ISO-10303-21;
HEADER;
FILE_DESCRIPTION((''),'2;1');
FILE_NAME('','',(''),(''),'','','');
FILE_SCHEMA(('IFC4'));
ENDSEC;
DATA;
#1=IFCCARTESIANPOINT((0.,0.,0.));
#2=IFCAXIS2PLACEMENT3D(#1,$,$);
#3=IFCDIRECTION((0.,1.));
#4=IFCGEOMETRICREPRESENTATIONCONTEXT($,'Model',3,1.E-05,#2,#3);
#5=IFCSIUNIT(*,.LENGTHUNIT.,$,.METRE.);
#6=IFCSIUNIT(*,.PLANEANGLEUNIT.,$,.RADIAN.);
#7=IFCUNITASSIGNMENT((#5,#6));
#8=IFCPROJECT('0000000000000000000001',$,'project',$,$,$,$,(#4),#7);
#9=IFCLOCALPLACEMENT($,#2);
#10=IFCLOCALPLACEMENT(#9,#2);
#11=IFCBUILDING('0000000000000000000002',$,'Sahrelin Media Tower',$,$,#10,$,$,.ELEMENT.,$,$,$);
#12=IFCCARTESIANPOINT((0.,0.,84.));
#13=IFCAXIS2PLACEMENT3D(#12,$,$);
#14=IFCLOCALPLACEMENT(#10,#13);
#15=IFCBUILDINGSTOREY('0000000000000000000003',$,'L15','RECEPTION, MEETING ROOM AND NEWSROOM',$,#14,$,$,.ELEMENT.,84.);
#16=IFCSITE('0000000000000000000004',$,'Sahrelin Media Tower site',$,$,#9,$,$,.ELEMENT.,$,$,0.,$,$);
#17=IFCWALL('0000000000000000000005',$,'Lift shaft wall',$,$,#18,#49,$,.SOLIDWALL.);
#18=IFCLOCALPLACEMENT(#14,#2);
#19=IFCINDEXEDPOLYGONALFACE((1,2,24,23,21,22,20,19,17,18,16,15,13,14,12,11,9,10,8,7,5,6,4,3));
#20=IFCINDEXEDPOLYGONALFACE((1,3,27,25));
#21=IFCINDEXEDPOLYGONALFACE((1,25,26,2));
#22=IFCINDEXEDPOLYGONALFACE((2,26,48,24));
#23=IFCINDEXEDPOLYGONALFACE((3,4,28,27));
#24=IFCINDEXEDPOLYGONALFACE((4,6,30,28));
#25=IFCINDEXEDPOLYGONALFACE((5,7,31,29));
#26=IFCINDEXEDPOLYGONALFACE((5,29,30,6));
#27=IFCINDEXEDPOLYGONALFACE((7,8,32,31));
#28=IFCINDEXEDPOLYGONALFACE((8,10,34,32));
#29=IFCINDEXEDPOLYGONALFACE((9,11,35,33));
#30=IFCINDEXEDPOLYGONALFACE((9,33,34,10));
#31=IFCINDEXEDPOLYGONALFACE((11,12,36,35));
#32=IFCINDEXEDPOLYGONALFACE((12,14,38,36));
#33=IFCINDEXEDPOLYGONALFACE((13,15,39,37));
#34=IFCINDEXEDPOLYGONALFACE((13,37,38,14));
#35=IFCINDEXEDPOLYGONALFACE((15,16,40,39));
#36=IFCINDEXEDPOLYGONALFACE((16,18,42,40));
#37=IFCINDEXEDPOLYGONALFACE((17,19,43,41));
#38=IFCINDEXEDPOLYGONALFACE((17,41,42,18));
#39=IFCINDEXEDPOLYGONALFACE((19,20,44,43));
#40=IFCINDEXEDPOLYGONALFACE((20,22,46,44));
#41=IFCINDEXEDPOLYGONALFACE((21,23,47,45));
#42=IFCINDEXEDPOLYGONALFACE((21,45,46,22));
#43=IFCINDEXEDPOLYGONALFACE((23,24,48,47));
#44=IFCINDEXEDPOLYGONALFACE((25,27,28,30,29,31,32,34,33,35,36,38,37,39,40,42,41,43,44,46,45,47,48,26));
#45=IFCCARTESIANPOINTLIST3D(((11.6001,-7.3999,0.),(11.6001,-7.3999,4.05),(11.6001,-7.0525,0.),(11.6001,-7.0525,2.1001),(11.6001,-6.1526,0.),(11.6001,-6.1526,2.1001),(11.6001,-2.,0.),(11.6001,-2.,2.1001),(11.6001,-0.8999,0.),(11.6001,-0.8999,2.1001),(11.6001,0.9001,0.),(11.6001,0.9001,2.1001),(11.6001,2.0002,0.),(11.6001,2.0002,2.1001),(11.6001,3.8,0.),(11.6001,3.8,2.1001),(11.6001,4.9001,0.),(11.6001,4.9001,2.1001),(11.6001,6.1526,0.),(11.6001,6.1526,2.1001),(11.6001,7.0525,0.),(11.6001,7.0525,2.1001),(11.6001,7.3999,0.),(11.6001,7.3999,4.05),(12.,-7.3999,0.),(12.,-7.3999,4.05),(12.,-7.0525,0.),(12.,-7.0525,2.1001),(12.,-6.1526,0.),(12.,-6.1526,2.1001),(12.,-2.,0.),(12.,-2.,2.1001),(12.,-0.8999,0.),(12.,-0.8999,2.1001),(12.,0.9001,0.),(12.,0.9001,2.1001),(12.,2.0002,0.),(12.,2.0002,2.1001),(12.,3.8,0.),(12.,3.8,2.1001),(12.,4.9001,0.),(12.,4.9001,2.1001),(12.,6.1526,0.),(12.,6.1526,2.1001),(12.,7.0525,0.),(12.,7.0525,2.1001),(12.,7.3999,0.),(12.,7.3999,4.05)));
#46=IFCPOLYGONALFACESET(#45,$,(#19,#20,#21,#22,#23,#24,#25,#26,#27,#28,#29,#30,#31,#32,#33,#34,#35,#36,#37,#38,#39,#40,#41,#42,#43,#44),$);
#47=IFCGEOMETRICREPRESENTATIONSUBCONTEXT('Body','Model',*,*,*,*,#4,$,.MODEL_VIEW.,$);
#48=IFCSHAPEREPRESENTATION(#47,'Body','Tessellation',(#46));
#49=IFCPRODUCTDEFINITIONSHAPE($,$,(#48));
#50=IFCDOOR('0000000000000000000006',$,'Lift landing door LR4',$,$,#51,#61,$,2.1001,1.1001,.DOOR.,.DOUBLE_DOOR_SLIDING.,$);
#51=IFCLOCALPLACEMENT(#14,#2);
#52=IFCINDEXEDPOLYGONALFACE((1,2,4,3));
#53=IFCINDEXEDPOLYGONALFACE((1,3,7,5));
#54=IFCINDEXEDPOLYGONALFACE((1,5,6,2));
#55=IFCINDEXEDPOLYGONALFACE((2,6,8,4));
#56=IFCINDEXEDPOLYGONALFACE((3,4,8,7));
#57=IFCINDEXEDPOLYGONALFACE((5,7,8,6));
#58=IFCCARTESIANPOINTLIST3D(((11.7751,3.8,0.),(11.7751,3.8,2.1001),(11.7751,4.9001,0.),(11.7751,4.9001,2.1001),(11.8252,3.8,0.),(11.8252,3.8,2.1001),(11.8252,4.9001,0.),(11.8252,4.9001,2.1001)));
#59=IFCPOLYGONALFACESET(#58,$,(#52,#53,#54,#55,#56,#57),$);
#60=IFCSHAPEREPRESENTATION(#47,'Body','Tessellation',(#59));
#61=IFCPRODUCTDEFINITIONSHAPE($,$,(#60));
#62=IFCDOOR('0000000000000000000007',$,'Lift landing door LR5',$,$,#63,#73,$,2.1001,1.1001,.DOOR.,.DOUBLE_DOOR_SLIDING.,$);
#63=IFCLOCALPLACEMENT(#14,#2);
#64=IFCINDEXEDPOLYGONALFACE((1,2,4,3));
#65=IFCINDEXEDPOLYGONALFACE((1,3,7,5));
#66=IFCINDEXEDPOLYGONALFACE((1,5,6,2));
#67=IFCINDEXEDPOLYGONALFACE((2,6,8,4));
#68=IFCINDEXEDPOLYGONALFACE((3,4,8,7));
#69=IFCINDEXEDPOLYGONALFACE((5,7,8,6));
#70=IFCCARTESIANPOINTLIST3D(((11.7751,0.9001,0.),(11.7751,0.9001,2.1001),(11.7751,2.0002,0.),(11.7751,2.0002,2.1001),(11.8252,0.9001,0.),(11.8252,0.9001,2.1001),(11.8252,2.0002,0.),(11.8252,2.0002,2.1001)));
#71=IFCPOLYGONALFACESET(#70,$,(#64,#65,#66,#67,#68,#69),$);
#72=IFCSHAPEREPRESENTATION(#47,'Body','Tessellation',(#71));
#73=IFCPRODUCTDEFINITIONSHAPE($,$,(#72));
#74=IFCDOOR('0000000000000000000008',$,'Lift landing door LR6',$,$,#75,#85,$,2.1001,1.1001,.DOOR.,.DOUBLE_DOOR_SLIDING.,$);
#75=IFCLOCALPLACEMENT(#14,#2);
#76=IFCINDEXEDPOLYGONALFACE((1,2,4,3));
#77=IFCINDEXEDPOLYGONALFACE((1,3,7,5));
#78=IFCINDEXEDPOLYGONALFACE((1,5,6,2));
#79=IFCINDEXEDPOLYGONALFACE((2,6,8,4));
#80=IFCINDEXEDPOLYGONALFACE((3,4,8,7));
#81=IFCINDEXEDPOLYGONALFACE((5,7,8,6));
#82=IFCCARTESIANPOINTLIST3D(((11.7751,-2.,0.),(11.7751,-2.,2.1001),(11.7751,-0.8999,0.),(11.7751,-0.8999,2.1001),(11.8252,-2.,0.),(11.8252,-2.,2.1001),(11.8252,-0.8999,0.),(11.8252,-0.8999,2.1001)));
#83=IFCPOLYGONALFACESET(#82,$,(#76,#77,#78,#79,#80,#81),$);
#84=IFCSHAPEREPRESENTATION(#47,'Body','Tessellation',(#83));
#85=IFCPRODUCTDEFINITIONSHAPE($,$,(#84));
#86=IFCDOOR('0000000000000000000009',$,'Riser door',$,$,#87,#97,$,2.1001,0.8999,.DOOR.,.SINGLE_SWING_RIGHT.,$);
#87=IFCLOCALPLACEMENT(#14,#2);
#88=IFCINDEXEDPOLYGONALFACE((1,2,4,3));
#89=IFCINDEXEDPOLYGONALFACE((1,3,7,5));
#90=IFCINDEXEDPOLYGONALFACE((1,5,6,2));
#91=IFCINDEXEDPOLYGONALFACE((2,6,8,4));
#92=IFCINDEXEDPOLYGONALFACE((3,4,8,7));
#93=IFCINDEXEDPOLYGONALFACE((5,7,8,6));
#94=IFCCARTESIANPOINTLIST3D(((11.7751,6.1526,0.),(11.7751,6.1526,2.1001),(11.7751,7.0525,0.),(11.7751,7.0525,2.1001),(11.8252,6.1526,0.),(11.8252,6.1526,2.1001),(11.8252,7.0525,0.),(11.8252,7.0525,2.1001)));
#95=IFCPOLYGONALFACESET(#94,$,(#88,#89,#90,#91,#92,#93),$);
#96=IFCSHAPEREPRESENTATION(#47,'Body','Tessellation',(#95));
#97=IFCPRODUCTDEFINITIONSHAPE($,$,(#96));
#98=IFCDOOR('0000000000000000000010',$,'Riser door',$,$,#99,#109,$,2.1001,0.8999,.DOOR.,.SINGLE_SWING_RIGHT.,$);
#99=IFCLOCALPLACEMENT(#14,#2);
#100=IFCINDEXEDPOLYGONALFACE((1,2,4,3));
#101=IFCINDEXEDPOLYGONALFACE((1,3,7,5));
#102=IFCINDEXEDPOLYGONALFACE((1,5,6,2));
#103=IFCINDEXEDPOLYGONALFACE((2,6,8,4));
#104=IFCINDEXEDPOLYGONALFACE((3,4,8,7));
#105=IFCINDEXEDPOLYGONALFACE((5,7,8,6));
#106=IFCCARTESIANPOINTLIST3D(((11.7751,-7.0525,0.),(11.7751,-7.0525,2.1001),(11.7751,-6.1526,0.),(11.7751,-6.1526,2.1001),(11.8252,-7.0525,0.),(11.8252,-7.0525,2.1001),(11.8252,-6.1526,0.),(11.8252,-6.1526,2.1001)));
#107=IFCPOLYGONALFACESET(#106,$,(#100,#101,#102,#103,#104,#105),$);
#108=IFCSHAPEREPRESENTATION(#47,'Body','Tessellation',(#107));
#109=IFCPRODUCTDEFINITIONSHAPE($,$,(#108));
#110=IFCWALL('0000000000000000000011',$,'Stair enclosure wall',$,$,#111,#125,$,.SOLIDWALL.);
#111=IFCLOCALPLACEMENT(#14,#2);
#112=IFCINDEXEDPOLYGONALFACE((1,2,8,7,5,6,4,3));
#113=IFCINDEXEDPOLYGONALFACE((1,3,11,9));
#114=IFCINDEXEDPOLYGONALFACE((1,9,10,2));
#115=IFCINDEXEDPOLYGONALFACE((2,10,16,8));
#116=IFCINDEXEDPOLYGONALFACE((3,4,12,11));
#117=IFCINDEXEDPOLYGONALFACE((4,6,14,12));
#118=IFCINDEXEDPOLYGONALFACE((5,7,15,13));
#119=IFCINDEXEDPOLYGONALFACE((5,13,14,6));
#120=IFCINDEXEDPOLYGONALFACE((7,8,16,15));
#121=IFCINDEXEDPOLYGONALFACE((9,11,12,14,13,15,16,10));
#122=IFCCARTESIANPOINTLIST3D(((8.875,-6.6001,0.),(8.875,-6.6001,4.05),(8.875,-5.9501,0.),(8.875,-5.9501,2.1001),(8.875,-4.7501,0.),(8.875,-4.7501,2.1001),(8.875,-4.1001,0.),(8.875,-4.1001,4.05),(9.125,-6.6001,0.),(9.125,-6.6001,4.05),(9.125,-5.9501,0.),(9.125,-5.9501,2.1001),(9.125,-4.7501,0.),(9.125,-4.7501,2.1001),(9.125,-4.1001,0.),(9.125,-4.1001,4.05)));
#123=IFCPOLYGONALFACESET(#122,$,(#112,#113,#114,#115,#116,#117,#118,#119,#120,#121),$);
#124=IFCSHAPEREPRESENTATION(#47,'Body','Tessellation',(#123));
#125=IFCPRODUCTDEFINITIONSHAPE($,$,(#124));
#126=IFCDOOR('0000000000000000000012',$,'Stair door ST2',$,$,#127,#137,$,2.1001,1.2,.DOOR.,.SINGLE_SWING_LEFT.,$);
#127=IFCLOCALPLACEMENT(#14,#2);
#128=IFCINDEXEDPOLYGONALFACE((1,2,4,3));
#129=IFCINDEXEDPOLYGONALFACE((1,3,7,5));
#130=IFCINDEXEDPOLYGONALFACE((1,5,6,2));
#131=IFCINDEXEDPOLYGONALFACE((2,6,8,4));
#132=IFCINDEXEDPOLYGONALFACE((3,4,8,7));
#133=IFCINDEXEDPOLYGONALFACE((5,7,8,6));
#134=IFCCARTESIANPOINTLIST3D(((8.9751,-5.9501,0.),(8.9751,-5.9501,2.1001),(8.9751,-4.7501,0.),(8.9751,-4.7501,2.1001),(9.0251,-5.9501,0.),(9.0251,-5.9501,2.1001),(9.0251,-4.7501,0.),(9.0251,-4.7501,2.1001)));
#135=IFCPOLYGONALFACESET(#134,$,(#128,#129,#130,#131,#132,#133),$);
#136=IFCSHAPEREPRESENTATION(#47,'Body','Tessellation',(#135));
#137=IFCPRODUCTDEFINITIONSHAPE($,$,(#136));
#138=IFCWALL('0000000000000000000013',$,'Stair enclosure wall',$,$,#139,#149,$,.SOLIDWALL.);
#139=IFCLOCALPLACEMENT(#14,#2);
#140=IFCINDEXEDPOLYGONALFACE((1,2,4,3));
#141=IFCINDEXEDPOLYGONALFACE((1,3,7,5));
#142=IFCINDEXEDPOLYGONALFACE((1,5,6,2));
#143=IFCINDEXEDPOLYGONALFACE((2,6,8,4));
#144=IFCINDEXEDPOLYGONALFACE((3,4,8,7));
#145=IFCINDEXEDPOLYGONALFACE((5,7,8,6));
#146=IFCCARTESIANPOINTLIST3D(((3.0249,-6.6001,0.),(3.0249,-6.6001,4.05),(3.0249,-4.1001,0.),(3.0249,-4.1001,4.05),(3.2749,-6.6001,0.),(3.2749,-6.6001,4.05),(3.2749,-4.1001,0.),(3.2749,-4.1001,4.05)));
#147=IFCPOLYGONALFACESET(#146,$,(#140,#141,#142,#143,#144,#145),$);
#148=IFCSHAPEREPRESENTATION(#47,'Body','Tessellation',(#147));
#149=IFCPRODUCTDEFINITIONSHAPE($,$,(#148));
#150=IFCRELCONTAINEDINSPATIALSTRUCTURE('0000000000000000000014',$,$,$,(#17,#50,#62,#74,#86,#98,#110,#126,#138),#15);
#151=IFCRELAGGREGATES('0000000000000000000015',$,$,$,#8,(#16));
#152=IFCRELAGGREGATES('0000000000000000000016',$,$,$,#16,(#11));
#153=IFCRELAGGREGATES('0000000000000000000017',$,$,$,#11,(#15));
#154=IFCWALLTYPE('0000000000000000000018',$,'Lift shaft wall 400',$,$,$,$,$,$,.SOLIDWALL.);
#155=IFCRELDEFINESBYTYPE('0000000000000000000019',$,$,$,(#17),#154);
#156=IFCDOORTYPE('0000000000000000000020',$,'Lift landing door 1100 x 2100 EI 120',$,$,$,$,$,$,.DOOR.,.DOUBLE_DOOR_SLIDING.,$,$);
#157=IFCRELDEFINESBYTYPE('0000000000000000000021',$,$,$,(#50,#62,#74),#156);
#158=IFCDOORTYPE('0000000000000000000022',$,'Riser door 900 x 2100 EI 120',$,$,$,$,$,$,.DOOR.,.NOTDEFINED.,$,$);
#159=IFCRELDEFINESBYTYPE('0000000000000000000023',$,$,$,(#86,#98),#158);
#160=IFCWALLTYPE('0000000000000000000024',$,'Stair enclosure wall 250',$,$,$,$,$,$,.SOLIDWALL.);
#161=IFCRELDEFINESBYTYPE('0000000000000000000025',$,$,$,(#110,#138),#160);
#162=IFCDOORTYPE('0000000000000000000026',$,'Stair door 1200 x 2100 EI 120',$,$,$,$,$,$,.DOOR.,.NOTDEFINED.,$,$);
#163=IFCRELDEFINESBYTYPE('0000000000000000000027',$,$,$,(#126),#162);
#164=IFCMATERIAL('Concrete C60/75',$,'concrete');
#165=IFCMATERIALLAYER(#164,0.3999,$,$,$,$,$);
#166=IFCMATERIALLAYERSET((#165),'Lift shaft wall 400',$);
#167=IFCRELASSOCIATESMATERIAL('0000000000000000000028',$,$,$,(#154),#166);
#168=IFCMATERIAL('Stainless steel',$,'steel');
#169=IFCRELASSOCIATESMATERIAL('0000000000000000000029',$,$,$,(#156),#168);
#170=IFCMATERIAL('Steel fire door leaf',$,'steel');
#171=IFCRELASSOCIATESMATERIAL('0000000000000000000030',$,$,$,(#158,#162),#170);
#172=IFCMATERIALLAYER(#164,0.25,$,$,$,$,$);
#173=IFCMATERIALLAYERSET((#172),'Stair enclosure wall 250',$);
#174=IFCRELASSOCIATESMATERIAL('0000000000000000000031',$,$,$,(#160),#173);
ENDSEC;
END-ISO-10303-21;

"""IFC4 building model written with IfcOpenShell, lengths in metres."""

from ifc_helpers import new_model, si_unit, direction, frame, frame_2d, origin, place, context, subcontext, project, spatial, rectangle, extrude, material, layer, layer_set, type_object, element, fill, save


model = new_model("IFC4")

# Units and contexts
model_context = context("Model", 3, precision=1e-05, world=origin(), true_north=direction((0.0, 1.0)))
body_context = subcontext(model_context, "Body", "Model", "MODEL_VIEW")
ifc_project = project(units=[si_unit("LENGTHUNIT", "METRE"), si_unit("PLANEANGLEUNIT", "RADIAN")], contexts=[model_context])

# Site, building, storey
site_placement = place(None, origin())
site = spatial("IfcSite", under=ifc_project, at=site_placement, Name="Sahrelin Media Tower site", CompositionType="ELEMENT", RefElevation=0.0)
building_placement = place(site_placement, origin())
building = spatial("IfcBuilding", under=site, at=building_placement, Name="Sahrelin Media Tower", CompositionType="ELEMENT")
storey_placement = place(building_placement, frame((0.0, 0.0, 84.0)))
storey = spatial("IfcBuildingStorey", under=building, at=storey_placement, Name="L15", Description="RECEPTION, MEETING ROOM AND NEWSROOM", CompositionType="ELEMENT", Elevation=84.0)

# Shared definitions
ifc_material_1 = material(Name="Concrete C60/75", Category="concrete")

# Wall, openings, doors
ifc_layer_1 = layer(ifc_material_1, 0.3999)
ifc_layer_set_1 = layer_set([ifc_layer_1], Name="Lift shaft wall 400")
wall_type_1 = type_object("IfcWallType", Name="Lift shaft wall 400", PredefinedType="SOLIDWALL", material=ifc_layer_set_1)
wall_1_placement = place(storey_placement, frame((11.8, -7.3999, 0.0), z_axis=(0.0, 0.0, 1.0), x_axis=(0.0, 1.0, 0.0)))
wall_1 = element("IfcWall", 1, at=wall_1_placement, inside=storey, type_object=wall_type_1, Name="Lift shaft wall", PredefinedType="SOLIDWALL", context=body_context, shape_type="SweptSolid", body=[
    extrude(rectangle(XDim=14.7998, YDim=0.3999, at=frame_2d((7.3999, 0.0))), origin(), (0.0, 0.0, 1.0), 4.05),
])
opening_1_placement = place(wall_1_placement, frame((11.2, 0.0, 0.0)))
opening_1 = element("IfcOpeningElement", 2, at=opening_1_placement, cuts=wall_1, PredefinedType="OPENING", context=body_context, shape_type="SweptSolid", body=[
    extrude(rectangle(XDim=1.1001, YDim=2.1001, at=frame_2d((0.55, 1.05))), frame((0.0, 0.2, 0.0), z_axis=(0.0, -1.0, 0.0), x_axis=(1.0, 0.0, 0.0)), (0.0, 0.0, 1.0), 0.3999),
])
opening_2_placement = place(wall_1_placement, frame((8.3, 0.0, 0.0)))
opening_2 = element("IfcOpeningElement", 3, at=opening_2_placement, cuts=wall_1, PredefinedType="OPENING", context=body_context, shape_type="SweptSolid", body=[
    extrude(rectangle(XDim=1.1001, YDim=2.1001, at=frame_2d((0.55, 1.05))), frame((0.0, 0.2, 0.0), z_axis=(0.0, -1.0, 0.0), x_axis=(1.0, 0.0, 0.0)), (0.0, 0.0, 1.0), 0.3999),
])
opening_3_placement = place(wall_1_placement, frame((5.3999, 0.0, 0.0)))
opening_3 = element("IfcOpeningElement", 4, at=opening_3_placement, cuts=wall_1, PredefinedType="OPENING", context=body_context, shape_type="SweptSolid", body=[
    extrude(rectangle(XDim=1.1001, YDim=2.1001, at=frame_2d((0.55, 1.05))), frame((0.0, 0.2, 0.0), z_axis=(0.0, -1.0, 0.0), x_axis=(1.0, 0.0, 0.0)), (0.0, 0.0, 1.0), 0.3999),
])
opening_4_placement = place(wall_1_placement, frame((13.5525, 0.0, 0.0)))
opening_4 = element("IfcOpeningElement", 5, at=opening_4_placement, cuts=wall_1, PredefinedType="OPENING", context=body_context, shape_type="SweptSolid", body=[
    extrude(rectangle(XDim=0.8999, YDim=2.1001, at=frame_2d((0.45, 1.05))), frame((0.0, 0.2, 0.0), z_axis=(0.0, -1.0, 0.0), x_axis=(1.0, 0.0, 0.0)), (0.0, 0.0, 1.0), 0.3999),
])
opening_5_placement = place(wall_1_placement, frame((0.3474, 0.0, 0.0)))
opening_5 = element("IfcOpeningElement", 6, at=opening_5_placement, cuts=wall_1, PredefinedType="OPENING", context=body_context, shape_type="SweptSolid", body=[
    extrude(rectangle(XDim=0.8999, YDim=2.1001, at=frame_2d((0.45, 1.05))), frame((0.0, 0.2, 0.0), z_axis=(0.0, -1.0, 0.0), x_axis=(1.0, 0.0, 0.0)), (0.0, 0.0, 1.0), 0.3999),
])
ifc_material_2 = material(Name="Stainless steel", Category="steel")
door_type_1 = type_object("IfcDoorType", Name="Lift landing door 1100 x 2100 EI 120", OperationType="DOUBLE_DOOR_SLIDING", PredefinedType="DOOR", material=ifc_material_2)
door_1_placement = place(opening_1_placement, origin())
door_1 = element("IfcDoor", 7, at=door_1_placement, inside=storey, type_object=door_type_1, Name="Lift landing door LR4", OperationType="DOUBLE_DOOR_SLIDING", OverallHeight=2.1001, OverallWidth=1.1001, PredefinedType="DOOR", context=body_context, shape_type="SweptSolid", body=[
    extrude(rectangle(XDim=1.1001, YDim=2.1001, at=frame_2d((0.55, 1.05))), frame((0.0, 0.0249, 0.0), z_axis=(0.0, -1.0, 0.0), x_axis=(1.0, 0.0, 0.0)), (0.0, 0.0, 1.0), 0.05),
])
fill(opening_1, door_1)
door_2_placement = place(opening_2_placement, origin())
door_2 = element("IfcDoor", 8, at=door_2_placement, inside=storey, type_object=door_type_1, Name="Lift landing door LR5", OperationType="DOUBLE_DOOR_SLIDING", OverallHeight=2.1001, OverallWidth=1.1001, PredefinedType="DOOR", context=body_context, shape_type="SweptSolid", body=[
    extrude(rectangle(XDim=1.1001, YDim=2.1001, at=frame_2d((0.55, 1.05))), frame((0.0, 0.0249, 0.0), z_axis=(0.0, -1.0, 0.0), x_axis=(1.0, 0.0, 0.0)), (0.0, 0.0, 1.0), 0.05),
])
fill(opening_2, door_2)
door_3_placement = place(opening_3_placement, origin())
door_3 = element("IfcDoor", 9, at=door_3_placement, inside=storey, type_object=door_type_1, Name="Lift landing door LR6", OperationType="DOUBLE_DOOR_SLIDING", OverallHeight=2.1001, OverallWidth=1.1001, PredefinedType="DOOR", context=body_context, shape_type="SweptSolid", body=[
    extrude(rectangle(XDim=1.1001, YDim=2.1001, at=frame_2d((0.55, 1.05))), frame((0.0, 0.0249, 0.0), z_axis=(0.0, -1.0, 0.0), x_axis=(1.0, 0.0, 0.0)), (0.0, 0.0, 1.0), 0.05),
])
fill(opening_3, door_3)
ifc_material_3 = material(Name="Steel fire door leaf", Category="steel")
door_type_2 = type_object("IfcDoorType", Name="Riser door 900 x 2100 EI 120", OperationType="NOTDEFINED", PredefinedType="DOOR", material=ifc_material_3)
door_4_placement = place(opening_4_placement, origin())
door_4 = element("IfcDoor", 10, at=door_4_placement, inside=storey, type_object=door_type_2, Name="Riser door", OperationType="SINGLE_SWING_RIGHT", OverallHeight=2.1001, OverallWidth=0.8999, PredefinedType="DOOR", context=body_context, shape_type="SweptSolid", body=[
    extrude(rectangle(XDim=0.8999, YDim=2.1001, at=frame_2d((0.45, 1.05))), frame((0.0, 0.0249, 0.0), z_axis=(0.0, -1.0, 0.0), x_axis=(1.0, 0.0, 0.0)), (0.0, 0.0, 1.0), 0.05),
])
fill(opening_4, door_4)
door_5_placement = place(opening_5_placement, origin())
door_5 = element("IfcDoor", 11, at=door_5_placement, inside=storey, type_object=door_type_2, Name="Riser door", OperationType="SINGLE_SWING_RIGHT", OverallHeight=2.1001, OverallWidth=0.8999, PredefinedType="DOOR", context=body_context, shape_type="SweptSolid", body=[
    extrude(rectangle(XDim=0.8999, YDim=2.1001, at=frame_2d((0.45, 1.05))), frame((0.0, 0.0249, 0.0), z_axis=(0.0, -1.0, 0.0), x_axis=(1.0, 0.0, 0.0)), (0.0, 0.0, 1.0), 0.05),
])
fill(opening_5, door_5)

# Wall, opening, door
ifc_layer_2 = layer(ifc_material_1, 0.25)
ifc_layer_set_2 = layer_set([ifc_layer_2], Name="Stair enclosure wall 250")
wall_type_2 = type_object("IfcWallType", Name="Stair enclosure wall 250", PredefinedType="SOLIDWALL", material=ifc_layer_set_2)
wall_2_placement = place(storey_placement, frame((9.0, -6.6001, 0.0), z_axis=(0.0, 0.0, 1.0), x_axis=(0.0, 1.0, 0.0)))
wall_2 = element("IfcWall", 12, at=wall_2_placement, inside=storey, type_object=wall_type_2, Name="Stair enclosure wall", PredefinedType="SOLIDWALL", context=body_context, shape_type="SweptSolid", body=[
    extrude(rectangle(XDim=2.5, YDim=0.25, at=frame_2d((1.25, 0.0))), origin(), (0.0, 0.0, 1.0), 4.05),
])
opening_6_placement = place(wall_2_placement, frame((0.6499, 0.0, 0.0)))
opening_6 = element("IfcOpeningElement", 13, at=opening_6_placement, cuts=wall_2, PredefinedType="OPENING", context=body_context, shape_type="SweptSolid", body=[
    extrude(rectangle(XDim=1.2, YDim=2.1001, at=frame_2d((0.6001, 1.05))), frame((0.0, 0.125, 0.0), z_axis=(0.0, -1.0, 0.0), x_axis=(1.0, 0.0, 0.0)), (0.0, 0.0, 1.0), 0.25),
])
door_type_3 = type_object("IfcDoorType", Name="Stair door 1200 x 2100 EI 120", OperationType="NOTDEFINED", PredefinedType="DOOR", material=ifc_material_3)
door_6_placement = place(opening_6_placement, origin())
door_6 = element("IfcDoor", 14, at=door_6_placement, inside=storey, type_object=door_type_3, Name="Stair door ST2", OperationType="SINGLE_SWING_LEFT", OverallHeight=2.1001, OverallWidth=1.2, PredefinedType="DOOR", context=body_context, shape_type="SweptSolid", body=[
    extrude(rectangle(XDim=1.2, YDim=2.1001, at=frame_2d((0.6001, 1.05))), frame((0.0, 0.0249, 0.0), z_axis=(0.0, -1.0, 0.0), x_axis=(1.0, 0.0, 0.0)), (0.0, 0.0, 1.0), 0.05),
])
fill(opening_6, door_6)

# Wall
wall_3_placement = place(storey_placement, frame((3.1499, -6.6001, 0.0), z_axis=(0.0, 0.0, 1.0), x_axis=(0.0, 1.0, 0.0)))
element("IfcWall", 15, at=wall_3_placement, inside=storey, type_object=wall_type_2, Name="Stair enclosure wall", PredefinedType="SOLIDWALL", context=body_context, shape_type="SweptSolid", body=[
    extrude(rectangle(XDim=2.5, YDim=0.25, at=frame_2d((1.25, 0.0))), origin(), (0.0, 0.0, 1.0), 4.05),
])

save(model, "model.ifc")
